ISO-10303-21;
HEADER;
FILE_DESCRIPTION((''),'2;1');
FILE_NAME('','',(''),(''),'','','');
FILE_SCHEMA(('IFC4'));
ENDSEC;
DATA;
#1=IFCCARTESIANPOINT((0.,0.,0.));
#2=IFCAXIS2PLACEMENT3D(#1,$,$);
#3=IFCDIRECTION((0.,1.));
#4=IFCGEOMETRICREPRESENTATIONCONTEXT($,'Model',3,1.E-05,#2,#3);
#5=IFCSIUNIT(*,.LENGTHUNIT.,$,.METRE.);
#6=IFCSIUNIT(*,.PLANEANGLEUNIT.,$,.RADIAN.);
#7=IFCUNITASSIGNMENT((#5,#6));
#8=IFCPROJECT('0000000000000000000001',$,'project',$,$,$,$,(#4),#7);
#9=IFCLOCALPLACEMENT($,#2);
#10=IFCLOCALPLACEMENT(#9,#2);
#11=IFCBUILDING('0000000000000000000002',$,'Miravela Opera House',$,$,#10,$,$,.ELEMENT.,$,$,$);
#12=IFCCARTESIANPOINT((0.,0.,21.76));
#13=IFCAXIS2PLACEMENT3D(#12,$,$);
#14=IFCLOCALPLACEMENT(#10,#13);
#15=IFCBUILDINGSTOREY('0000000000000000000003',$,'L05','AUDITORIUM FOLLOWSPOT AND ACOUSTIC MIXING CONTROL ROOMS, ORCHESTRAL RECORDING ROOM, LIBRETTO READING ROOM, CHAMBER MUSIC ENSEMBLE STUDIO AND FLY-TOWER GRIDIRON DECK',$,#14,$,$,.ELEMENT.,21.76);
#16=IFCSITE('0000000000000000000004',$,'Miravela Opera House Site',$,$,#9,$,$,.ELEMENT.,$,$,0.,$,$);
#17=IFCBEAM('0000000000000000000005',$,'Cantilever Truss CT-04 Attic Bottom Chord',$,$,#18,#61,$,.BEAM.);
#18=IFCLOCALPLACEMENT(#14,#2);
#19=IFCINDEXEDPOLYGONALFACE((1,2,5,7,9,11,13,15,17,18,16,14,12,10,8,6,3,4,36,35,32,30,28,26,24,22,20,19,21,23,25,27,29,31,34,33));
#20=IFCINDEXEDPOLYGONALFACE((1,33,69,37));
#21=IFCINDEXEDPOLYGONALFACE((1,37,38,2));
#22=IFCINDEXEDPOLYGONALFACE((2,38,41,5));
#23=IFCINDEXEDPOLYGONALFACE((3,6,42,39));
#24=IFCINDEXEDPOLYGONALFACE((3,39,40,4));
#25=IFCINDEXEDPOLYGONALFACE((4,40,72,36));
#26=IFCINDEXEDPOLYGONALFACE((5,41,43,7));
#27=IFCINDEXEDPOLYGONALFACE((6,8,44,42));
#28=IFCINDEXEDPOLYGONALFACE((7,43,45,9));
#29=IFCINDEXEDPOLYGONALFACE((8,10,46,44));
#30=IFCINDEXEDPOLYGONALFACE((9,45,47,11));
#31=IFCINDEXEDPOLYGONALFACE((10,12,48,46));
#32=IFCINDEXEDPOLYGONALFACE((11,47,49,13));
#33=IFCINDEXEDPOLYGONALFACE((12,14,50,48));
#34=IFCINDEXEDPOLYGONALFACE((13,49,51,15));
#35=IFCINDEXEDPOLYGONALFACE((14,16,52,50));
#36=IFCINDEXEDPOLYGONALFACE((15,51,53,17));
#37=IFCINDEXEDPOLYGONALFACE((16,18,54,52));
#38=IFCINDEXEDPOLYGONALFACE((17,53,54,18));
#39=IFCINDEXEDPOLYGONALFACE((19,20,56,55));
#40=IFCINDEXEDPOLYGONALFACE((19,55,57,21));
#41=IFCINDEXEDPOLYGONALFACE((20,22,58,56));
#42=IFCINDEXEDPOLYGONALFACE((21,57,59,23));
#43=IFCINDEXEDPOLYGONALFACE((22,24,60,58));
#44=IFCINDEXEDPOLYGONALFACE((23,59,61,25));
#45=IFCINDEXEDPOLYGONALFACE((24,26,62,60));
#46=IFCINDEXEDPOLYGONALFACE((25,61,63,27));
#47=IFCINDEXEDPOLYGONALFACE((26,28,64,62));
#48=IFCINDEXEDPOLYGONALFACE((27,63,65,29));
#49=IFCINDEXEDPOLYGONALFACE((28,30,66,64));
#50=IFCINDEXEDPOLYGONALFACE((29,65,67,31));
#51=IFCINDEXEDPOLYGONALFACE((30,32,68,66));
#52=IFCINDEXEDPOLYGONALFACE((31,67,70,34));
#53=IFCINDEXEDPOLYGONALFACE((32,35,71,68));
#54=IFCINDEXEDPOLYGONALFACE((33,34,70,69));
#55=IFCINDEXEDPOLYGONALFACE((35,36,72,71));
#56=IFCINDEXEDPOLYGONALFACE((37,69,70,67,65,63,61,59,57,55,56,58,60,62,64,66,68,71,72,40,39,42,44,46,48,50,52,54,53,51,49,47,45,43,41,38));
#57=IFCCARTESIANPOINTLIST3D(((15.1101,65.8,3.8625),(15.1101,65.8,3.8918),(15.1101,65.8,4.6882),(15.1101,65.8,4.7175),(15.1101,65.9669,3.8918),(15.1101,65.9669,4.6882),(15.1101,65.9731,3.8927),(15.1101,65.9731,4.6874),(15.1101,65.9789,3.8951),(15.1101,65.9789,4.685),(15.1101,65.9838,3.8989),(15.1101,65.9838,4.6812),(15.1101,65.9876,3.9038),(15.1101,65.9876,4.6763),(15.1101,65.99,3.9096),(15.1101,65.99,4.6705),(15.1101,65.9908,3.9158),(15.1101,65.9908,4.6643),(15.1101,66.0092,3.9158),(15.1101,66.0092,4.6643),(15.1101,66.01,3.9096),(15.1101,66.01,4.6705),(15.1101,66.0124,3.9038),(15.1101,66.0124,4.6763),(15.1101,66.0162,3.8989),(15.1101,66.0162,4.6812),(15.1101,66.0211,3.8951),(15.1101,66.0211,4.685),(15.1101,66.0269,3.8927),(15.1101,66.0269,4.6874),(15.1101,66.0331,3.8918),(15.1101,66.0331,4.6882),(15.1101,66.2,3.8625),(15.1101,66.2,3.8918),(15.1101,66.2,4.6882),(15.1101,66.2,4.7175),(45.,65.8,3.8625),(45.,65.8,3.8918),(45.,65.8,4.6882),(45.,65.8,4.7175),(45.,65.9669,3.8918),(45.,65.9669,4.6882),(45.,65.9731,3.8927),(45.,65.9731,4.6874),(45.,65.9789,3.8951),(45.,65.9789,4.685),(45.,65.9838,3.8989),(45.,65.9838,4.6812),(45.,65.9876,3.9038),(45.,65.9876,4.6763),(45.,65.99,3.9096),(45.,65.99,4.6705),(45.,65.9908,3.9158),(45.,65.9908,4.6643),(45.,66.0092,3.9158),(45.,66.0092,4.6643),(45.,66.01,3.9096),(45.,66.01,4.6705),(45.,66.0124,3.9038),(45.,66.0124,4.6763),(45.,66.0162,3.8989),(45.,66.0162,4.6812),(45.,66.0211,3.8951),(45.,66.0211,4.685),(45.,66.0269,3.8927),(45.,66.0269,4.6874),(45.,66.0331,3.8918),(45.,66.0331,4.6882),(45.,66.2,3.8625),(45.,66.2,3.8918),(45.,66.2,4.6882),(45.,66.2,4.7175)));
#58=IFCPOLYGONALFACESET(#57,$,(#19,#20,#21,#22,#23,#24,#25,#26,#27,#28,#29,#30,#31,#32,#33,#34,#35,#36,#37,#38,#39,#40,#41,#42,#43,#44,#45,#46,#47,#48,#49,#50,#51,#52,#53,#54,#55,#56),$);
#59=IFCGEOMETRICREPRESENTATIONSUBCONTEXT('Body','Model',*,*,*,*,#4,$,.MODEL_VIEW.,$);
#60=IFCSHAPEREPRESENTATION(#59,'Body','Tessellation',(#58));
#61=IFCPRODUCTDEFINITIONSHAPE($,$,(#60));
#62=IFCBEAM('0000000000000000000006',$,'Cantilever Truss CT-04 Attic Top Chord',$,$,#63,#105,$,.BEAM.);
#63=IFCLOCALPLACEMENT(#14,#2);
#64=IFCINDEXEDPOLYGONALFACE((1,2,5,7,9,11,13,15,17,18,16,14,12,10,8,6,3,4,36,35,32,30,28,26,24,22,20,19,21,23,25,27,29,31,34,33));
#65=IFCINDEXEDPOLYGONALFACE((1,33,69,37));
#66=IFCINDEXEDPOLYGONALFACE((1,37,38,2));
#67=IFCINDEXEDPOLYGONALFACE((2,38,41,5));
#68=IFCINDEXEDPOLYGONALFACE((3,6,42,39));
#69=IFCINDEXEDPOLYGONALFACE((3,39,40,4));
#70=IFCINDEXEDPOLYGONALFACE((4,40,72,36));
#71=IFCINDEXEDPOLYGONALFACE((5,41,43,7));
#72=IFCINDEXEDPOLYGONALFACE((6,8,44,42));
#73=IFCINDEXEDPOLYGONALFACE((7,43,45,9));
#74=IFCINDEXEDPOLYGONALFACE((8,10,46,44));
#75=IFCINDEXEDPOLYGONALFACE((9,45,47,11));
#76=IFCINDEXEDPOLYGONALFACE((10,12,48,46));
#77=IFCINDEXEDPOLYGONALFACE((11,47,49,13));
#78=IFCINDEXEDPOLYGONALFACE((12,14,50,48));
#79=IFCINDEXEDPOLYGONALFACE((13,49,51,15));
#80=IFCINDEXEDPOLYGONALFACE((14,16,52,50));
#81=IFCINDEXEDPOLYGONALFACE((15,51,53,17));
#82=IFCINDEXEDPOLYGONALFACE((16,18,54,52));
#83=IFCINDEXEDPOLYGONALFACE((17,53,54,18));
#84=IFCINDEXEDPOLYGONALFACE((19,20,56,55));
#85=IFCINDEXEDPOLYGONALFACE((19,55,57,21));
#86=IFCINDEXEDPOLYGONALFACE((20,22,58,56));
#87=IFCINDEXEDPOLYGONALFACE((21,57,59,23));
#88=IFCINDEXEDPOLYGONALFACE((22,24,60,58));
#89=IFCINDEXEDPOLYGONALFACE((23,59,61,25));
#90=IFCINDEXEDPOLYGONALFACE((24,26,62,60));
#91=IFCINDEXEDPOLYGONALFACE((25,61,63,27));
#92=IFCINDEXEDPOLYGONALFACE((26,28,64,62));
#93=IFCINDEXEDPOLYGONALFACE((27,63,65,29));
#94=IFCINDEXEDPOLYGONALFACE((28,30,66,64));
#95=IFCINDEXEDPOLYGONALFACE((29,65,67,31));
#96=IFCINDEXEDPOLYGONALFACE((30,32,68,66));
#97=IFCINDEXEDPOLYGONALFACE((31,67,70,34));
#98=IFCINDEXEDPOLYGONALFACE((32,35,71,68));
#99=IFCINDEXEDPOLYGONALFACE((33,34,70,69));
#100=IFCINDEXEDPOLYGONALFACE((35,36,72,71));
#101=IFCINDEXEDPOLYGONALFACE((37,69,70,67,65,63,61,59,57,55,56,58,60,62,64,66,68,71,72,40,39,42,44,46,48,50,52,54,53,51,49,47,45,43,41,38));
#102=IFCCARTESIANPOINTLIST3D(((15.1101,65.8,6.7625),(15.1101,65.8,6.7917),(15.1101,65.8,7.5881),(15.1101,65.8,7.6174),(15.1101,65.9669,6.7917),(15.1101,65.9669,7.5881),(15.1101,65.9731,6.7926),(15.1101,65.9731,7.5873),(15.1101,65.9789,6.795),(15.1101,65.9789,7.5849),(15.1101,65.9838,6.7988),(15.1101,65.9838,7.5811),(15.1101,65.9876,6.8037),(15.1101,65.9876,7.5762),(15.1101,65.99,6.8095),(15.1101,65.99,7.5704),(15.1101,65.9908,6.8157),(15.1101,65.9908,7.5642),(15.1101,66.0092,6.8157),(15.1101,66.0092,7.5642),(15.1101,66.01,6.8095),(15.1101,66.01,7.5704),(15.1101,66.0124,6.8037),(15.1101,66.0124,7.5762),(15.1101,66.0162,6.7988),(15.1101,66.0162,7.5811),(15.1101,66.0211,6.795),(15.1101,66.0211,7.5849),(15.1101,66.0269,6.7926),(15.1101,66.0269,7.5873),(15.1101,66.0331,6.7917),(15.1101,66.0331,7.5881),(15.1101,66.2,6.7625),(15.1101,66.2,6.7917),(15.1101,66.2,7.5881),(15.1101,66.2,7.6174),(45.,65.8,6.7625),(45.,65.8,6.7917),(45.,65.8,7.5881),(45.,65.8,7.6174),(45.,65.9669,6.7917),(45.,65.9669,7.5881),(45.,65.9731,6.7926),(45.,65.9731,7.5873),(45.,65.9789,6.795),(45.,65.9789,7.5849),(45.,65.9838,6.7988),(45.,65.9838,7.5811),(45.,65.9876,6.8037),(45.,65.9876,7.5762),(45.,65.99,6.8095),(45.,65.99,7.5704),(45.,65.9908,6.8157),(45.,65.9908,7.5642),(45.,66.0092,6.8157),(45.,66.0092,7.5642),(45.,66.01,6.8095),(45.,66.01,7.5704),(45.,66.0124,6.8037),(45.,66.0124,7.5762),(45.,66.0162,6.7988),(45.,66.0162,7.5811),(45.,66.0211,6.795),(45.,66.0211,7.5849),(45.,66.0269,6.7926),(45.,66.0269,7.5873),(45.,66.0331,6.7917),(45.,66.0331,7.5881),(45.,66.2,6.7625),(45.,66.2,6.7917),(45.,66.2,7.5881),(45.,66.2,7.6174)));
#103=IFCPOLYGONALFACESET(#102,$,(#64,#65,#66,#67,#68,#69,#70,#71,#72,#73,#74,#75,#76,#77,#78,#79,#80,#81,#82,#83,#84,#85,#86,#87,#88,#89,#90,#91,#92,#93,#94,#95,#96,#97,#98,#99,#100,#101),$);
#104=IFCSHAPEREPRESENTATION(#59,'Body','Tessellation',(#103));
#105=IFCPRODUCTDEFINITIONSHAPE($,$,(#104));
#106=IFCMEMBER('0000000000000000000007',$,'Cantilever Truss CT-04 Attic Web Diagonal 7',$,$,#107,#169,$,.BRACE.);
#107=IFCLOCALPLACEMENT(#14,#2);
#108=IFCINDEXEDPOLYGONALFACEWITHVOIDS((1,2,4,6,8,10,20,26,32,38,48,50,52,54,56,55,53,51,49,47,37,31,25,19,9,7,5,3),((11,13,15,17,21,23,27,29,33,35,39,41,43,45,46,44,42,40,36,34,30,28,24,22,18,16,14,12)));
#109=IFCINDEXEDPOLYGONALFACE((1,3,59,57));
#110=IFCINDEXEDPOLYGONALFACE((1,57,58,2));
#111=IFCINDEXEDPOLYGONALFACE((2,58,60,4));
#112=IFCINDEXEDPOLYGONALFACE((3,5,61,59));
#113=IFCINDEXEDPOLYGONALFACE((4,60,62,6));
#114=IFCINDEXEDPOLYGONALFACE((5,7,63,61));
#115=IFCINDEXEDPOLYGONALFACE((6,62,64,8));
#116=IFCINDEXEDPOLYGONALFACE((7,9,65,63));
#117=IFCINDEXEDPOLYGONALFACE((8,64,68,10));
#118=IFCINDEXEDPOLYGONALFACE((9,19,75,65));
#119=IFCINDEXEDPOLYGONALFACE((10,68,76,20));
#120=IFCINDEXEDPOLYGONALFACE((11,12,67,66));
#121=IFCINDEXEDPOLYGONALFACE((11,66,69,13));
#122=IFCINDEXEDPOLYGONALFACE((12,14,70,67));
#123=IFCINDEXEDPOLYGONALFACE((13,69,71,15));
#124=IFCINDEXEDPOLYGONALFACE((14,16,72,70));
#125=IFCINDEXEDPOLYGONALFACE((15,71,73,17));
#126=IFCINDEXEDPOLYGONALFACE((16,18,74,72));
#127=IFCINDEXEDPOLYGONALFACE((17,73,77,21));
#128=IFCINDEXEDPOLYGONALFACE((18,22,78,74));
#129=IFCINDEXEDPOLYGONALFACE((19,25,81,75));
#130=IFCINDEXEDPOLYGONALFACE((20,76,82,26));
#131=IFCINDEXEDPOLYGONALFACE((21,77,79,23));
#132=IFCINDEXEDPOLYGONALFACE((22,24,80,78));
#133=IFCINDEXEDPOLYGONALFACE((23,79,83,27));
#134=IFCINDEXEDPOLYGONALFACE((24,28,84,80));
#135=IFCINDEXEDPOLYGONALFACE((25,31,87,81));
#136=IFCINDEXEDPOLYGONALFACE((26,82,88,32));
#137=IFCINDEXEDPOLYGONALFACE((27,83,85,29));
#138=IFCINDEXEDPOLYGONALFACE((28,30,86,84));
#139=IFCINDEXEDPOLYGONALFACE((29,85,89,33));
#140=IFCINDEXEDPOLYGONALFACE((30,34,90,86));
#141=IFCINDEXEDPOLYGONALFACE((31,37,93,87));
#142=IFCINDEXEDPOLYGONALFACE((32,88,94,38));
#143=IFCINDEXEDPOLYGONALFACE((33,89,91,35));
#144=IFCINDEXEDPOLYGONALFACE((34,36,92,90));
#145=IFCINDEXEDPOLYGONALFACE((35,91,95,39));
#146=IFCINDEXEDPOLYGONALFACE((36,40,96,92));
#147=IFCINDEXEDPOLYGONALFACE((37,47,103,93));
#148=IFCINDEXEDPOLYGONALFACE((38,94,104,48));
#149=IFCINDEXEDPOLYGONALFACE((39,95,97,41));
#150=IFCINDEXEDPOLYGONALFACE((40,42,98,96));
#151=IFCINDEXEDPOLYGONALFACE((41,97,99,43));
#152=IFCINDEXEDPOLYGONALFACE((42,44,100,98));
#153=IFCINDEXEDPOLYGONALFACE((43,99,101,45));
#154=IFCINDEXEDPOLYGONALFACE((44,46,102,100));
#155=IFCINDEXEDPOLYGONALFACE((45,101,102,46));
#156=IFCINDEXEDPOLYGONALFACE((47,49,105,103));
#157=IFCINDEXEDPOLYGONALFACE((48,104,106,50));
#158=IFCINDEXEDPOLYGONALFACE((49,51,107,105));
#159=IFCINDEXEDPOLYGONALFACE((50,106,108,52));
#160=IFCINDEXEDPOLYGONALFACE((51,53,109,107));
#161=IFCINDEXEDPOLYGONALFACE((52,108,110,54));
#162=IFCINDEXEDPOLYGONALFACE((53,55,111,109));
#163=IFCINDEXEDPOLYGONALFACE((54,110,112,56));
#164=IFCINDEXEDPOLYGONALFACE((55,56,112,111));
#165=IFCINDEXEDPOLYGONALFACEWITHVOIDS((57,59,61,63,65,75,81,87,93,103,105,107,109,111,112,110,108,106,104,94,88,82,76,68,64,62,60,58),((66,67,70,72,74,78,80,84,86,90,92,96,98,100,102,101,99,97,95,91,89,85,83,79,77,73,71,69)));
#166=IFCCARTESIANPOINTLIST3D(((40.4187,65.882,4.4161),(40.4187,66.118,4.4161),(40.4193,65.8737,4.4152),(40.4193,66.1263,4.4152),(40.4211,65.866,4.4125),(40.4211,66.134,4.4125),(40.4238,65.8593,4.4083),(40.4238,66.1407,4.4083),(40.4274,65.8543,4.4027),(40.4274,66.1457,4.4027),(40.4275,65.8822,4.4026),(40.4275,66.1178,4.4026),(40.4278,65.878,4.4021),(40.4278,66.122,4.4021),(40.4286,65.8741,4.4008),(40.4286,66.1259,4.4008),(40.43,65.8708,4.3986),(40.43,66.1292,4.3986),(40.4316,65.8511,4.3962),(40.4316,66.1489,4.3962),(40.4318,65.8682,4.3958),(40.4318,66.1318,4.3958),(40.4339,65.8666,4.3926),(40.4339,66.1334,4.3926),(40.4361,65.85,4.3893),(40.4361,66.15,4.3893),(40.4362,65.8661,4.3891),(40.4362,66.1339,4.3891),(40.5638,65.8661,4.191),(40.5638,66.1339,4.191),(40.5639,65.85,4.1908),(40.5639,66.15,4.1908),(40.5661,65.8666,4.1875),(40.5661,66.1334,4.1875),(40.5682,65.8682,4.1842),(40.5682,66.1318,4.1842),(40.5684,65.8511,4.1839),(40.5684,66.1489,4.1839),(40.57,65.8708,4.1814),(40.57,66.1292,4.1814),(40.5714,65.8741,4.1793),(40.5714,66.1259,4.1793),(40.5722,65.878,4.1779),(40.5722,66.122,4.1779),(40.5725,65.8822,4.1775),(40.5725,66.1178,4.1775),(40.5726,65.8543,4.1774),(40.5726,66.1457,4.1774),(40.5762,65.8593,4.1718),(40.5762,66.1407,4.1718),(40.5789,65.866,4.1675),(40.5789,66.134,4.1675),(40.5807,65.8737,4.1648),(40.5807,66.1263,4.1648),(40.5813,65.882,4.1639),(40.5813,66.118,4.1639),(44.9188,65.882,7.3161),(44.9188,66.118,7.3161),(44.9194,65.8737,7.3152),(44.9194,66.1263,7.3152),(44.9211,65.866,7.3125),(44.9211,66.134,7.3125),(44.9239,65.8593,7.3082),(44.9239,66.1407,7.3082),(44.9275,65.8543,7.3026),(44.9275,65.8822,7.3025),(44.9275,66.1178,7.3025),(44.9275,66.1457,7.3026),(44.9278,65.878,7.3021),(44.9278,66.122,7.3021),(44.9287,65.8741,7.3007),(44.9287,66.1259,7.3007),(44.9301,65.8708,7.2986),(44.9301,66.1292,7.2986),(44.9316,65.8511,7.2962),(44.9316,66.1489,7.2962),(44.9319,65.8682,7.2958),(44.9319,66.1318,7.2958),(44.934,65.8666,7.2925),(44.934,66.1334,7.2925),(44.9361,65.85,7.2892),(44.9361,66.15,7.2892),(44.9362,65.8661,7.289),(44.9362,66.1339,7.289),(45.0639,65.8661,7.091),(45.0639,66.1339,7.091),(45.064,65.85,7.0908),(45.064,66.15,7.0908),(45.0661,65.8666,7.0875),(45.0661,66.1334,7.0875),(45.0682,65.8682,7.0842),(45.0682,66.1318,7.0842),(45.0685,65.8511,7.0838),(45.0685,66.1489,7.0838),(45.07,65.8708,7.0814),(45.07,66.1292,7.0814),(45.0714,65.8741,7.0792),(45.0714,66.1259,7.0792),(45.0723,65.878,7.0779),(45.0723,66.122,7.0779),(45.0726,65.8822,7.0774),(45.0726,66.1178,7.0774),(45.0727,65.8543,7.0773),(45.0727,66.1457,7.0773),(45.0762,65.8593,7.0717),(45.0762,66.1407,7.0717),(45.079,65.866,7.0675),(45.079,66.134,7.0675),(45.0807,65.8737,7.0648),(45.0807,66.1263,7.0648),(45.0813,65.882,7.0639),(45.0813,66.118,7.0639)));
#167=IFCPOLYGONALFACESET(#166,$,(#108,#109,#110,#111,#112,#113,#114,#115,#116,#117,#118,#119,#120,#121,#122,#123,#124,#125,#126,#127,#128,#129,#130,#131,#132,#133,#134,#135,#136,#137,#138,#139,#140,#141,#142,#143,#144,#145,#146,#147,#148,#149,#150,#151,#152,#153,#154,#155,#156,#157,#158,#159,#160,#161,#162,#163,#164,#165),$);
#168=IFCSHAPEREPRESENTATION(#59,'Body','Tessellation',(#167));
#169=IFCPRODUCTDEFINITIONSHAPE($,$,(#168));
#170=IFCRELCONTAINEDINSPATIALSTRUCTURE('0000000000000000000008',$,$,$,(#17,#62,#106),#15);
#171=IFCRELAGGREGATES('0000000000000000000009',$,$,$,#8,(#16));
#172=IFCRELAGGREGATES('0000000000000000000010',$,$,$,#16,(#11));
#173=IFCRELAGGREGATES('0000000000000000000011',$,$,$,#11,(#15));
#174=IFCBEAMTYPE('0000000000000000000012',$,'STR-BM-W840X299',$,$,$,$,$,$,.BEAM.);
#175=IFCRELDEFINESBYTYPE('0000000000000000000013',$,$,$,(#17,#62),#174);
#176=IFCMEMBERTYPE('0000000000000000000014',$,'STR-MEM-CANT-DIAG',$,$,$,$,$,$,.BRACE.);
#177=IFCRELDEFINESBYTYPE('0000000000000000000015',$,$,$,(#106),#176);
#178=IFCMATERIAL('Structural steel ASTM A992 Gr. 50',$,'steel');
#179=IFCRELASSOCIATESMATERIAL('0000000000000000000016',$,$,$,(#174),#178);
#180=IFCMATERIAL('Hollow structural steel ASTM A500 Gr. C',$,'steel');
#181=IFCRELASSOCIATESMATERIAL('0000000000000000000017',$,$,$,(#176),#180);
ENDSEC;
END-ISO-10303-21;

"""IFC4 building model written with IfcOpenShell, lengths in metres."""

from ifc_helpers import new_model, si_unit, direction, frame, origin, origin_2d, place, context, subcontext, project, spatial, hollow_rectangle, i_section, extrude, material, material_profile, profile_set, type_object, element, save


model = new_model("IFC4")

# Units and contexts
model_context = context("Model", 3, precision=1e-05, world=origin(), true_north=direction((0.0, 1.0)))
body_context = subcontext(model_context, "Body", "Model", "MODEL_VIEW")
ifc_project = project(units=[si_unit("LENGTHUNIT", "METRE"), si_unit("PLANEANGLEUNIT", "RADIAN")], contexts=[model_context])

# Site, building, storey
site_placement = place(None, origin())
site = spatial("IfcSite", under=ifc_project, at=site_placement, Name="Miravela Opera House Site", CompositionType="ELEMENT", RefElevation=0.0)
building_placement = place(site_placement, origin())
building = spatial("IfcBuilding", under=site, at=building_placement, Name="Miravela Opera House", CompositionType="ELEMENT")
storey_placement = place(building_placement, frame((0.0, 0.0, 21.76)))
storey = spatial("IfcBuildingStorey", under=building, at=storey_placement, Name="L05", Description="AUDITORIUM FOLLOWSPOT AND ACOUSTIC MIXING CONTROL ROOMS, ORCHESTRAL RECORDING ROOM, LIBRETTO READING ROOM, CHAMBER MUSIC ENSEMBLE STUDIO AND FLY-TOWER GRIDIRON DECK", CompositionType="ELEMENT", Elevation=21.76)

# Beams
ifc_material_1 = material(Name="Structural steel ASTM A992 Gr. 50", Category="steel")
ifc_material_profile_1 = material_profile(ifc_material_1, i_section(OverallWidth=0.3999, OverallDepth=0.855, WebThickness=0.0183, FlangeThickness=0.0293, FilletRadius=0.0239, at=origin_2d()), Name="W840X299")
ifc_profile_set_1 = profile_set([ifc_material_profile_1])
beam_type_1 = type_object("IfcBeamType", Name="STR-BM-W840X299", PredefinedType="BEAM", material=ifc_profile_set_1)
for number, where, z_axis, x_axis, name in (
    (1, (45.0, 66.0, 4.29), (-1.0, 0.0, 0.0), (0.0, -1.0, 0.0), "Cantilever Truss CT-04 Attic Bottom Chord"),
    (2, (45.0, 66.0, 7.1899), (-1.0, 0.0, 0.0), (0.0, -1.0, 0.0), "Cantilever Truss CT-04 Attic Top Chord"),
):
    element("IfcBeam", number, at=place(storey_placement, frame(where, z_axis=z_axis, x_axis=x_axis)), inside=storey, type_object=beam_type_1, Name=name, PredefinedType="BEAM", context=body_context, shape_type="SweptSolid", body=[
        extrude(i_section(OverallWidth=0.3999, OverallDepth=0.855, WebThickness=0.0183, FlangeThickness=0.0293, FilletRadius=0.0239, at=origin_2d()), origin(), (0.0, 0.0, 1.0), 29.8899),
    ])

# Member
ifc_material_2 = material(Name="Hollow structural steel ASTM A500 Gr. C", Category="steel")
ifc_material_profile_2 = material_profile(ifc_material_2, hollow_rectangle(XDim=0.3, YDim=0.3, WallThickness=0.0161, InnerFilletRadius=0.0161, OuterFilletRadius=0.032, at=origin_2d()), Name="HSS300X300X16")
ifc_profile_set_2 = profile_set([ifc_material_profile_2])
member_type_1 = type_object("IfcMemberType", Name="STR-MEM-CANT-DIAG", PredefinedType="BRACE", material=ifc_profile_set_2)
member_1_placement = place(storey_placement, frame((40.5, 66.0, 4.29), z_axis=(0.840579, 0.0, 0.541688), x_axis=(0.0, 1.0, 0.0)))
element("IfcMember", 3, at=member_1_placement, inside=storey, type_object=member_type_1, Name="Cantilever Truss CT-04 Attic Web Diagonal 7", PredefinedType="BRACE", context=body_context, shape_type="SweptSolid", body=[
    extrude(hollow_rectangle(XDim=0.3, YDim=0.3, WallThickness=0.0161, InnerFilletRadius=0.0161, OuterFilletRadius=0.032, at=origin_2d()), origin(), (0.0, 0.0, 1.0), 5.3535),
])

save(model, "model.ifc")
